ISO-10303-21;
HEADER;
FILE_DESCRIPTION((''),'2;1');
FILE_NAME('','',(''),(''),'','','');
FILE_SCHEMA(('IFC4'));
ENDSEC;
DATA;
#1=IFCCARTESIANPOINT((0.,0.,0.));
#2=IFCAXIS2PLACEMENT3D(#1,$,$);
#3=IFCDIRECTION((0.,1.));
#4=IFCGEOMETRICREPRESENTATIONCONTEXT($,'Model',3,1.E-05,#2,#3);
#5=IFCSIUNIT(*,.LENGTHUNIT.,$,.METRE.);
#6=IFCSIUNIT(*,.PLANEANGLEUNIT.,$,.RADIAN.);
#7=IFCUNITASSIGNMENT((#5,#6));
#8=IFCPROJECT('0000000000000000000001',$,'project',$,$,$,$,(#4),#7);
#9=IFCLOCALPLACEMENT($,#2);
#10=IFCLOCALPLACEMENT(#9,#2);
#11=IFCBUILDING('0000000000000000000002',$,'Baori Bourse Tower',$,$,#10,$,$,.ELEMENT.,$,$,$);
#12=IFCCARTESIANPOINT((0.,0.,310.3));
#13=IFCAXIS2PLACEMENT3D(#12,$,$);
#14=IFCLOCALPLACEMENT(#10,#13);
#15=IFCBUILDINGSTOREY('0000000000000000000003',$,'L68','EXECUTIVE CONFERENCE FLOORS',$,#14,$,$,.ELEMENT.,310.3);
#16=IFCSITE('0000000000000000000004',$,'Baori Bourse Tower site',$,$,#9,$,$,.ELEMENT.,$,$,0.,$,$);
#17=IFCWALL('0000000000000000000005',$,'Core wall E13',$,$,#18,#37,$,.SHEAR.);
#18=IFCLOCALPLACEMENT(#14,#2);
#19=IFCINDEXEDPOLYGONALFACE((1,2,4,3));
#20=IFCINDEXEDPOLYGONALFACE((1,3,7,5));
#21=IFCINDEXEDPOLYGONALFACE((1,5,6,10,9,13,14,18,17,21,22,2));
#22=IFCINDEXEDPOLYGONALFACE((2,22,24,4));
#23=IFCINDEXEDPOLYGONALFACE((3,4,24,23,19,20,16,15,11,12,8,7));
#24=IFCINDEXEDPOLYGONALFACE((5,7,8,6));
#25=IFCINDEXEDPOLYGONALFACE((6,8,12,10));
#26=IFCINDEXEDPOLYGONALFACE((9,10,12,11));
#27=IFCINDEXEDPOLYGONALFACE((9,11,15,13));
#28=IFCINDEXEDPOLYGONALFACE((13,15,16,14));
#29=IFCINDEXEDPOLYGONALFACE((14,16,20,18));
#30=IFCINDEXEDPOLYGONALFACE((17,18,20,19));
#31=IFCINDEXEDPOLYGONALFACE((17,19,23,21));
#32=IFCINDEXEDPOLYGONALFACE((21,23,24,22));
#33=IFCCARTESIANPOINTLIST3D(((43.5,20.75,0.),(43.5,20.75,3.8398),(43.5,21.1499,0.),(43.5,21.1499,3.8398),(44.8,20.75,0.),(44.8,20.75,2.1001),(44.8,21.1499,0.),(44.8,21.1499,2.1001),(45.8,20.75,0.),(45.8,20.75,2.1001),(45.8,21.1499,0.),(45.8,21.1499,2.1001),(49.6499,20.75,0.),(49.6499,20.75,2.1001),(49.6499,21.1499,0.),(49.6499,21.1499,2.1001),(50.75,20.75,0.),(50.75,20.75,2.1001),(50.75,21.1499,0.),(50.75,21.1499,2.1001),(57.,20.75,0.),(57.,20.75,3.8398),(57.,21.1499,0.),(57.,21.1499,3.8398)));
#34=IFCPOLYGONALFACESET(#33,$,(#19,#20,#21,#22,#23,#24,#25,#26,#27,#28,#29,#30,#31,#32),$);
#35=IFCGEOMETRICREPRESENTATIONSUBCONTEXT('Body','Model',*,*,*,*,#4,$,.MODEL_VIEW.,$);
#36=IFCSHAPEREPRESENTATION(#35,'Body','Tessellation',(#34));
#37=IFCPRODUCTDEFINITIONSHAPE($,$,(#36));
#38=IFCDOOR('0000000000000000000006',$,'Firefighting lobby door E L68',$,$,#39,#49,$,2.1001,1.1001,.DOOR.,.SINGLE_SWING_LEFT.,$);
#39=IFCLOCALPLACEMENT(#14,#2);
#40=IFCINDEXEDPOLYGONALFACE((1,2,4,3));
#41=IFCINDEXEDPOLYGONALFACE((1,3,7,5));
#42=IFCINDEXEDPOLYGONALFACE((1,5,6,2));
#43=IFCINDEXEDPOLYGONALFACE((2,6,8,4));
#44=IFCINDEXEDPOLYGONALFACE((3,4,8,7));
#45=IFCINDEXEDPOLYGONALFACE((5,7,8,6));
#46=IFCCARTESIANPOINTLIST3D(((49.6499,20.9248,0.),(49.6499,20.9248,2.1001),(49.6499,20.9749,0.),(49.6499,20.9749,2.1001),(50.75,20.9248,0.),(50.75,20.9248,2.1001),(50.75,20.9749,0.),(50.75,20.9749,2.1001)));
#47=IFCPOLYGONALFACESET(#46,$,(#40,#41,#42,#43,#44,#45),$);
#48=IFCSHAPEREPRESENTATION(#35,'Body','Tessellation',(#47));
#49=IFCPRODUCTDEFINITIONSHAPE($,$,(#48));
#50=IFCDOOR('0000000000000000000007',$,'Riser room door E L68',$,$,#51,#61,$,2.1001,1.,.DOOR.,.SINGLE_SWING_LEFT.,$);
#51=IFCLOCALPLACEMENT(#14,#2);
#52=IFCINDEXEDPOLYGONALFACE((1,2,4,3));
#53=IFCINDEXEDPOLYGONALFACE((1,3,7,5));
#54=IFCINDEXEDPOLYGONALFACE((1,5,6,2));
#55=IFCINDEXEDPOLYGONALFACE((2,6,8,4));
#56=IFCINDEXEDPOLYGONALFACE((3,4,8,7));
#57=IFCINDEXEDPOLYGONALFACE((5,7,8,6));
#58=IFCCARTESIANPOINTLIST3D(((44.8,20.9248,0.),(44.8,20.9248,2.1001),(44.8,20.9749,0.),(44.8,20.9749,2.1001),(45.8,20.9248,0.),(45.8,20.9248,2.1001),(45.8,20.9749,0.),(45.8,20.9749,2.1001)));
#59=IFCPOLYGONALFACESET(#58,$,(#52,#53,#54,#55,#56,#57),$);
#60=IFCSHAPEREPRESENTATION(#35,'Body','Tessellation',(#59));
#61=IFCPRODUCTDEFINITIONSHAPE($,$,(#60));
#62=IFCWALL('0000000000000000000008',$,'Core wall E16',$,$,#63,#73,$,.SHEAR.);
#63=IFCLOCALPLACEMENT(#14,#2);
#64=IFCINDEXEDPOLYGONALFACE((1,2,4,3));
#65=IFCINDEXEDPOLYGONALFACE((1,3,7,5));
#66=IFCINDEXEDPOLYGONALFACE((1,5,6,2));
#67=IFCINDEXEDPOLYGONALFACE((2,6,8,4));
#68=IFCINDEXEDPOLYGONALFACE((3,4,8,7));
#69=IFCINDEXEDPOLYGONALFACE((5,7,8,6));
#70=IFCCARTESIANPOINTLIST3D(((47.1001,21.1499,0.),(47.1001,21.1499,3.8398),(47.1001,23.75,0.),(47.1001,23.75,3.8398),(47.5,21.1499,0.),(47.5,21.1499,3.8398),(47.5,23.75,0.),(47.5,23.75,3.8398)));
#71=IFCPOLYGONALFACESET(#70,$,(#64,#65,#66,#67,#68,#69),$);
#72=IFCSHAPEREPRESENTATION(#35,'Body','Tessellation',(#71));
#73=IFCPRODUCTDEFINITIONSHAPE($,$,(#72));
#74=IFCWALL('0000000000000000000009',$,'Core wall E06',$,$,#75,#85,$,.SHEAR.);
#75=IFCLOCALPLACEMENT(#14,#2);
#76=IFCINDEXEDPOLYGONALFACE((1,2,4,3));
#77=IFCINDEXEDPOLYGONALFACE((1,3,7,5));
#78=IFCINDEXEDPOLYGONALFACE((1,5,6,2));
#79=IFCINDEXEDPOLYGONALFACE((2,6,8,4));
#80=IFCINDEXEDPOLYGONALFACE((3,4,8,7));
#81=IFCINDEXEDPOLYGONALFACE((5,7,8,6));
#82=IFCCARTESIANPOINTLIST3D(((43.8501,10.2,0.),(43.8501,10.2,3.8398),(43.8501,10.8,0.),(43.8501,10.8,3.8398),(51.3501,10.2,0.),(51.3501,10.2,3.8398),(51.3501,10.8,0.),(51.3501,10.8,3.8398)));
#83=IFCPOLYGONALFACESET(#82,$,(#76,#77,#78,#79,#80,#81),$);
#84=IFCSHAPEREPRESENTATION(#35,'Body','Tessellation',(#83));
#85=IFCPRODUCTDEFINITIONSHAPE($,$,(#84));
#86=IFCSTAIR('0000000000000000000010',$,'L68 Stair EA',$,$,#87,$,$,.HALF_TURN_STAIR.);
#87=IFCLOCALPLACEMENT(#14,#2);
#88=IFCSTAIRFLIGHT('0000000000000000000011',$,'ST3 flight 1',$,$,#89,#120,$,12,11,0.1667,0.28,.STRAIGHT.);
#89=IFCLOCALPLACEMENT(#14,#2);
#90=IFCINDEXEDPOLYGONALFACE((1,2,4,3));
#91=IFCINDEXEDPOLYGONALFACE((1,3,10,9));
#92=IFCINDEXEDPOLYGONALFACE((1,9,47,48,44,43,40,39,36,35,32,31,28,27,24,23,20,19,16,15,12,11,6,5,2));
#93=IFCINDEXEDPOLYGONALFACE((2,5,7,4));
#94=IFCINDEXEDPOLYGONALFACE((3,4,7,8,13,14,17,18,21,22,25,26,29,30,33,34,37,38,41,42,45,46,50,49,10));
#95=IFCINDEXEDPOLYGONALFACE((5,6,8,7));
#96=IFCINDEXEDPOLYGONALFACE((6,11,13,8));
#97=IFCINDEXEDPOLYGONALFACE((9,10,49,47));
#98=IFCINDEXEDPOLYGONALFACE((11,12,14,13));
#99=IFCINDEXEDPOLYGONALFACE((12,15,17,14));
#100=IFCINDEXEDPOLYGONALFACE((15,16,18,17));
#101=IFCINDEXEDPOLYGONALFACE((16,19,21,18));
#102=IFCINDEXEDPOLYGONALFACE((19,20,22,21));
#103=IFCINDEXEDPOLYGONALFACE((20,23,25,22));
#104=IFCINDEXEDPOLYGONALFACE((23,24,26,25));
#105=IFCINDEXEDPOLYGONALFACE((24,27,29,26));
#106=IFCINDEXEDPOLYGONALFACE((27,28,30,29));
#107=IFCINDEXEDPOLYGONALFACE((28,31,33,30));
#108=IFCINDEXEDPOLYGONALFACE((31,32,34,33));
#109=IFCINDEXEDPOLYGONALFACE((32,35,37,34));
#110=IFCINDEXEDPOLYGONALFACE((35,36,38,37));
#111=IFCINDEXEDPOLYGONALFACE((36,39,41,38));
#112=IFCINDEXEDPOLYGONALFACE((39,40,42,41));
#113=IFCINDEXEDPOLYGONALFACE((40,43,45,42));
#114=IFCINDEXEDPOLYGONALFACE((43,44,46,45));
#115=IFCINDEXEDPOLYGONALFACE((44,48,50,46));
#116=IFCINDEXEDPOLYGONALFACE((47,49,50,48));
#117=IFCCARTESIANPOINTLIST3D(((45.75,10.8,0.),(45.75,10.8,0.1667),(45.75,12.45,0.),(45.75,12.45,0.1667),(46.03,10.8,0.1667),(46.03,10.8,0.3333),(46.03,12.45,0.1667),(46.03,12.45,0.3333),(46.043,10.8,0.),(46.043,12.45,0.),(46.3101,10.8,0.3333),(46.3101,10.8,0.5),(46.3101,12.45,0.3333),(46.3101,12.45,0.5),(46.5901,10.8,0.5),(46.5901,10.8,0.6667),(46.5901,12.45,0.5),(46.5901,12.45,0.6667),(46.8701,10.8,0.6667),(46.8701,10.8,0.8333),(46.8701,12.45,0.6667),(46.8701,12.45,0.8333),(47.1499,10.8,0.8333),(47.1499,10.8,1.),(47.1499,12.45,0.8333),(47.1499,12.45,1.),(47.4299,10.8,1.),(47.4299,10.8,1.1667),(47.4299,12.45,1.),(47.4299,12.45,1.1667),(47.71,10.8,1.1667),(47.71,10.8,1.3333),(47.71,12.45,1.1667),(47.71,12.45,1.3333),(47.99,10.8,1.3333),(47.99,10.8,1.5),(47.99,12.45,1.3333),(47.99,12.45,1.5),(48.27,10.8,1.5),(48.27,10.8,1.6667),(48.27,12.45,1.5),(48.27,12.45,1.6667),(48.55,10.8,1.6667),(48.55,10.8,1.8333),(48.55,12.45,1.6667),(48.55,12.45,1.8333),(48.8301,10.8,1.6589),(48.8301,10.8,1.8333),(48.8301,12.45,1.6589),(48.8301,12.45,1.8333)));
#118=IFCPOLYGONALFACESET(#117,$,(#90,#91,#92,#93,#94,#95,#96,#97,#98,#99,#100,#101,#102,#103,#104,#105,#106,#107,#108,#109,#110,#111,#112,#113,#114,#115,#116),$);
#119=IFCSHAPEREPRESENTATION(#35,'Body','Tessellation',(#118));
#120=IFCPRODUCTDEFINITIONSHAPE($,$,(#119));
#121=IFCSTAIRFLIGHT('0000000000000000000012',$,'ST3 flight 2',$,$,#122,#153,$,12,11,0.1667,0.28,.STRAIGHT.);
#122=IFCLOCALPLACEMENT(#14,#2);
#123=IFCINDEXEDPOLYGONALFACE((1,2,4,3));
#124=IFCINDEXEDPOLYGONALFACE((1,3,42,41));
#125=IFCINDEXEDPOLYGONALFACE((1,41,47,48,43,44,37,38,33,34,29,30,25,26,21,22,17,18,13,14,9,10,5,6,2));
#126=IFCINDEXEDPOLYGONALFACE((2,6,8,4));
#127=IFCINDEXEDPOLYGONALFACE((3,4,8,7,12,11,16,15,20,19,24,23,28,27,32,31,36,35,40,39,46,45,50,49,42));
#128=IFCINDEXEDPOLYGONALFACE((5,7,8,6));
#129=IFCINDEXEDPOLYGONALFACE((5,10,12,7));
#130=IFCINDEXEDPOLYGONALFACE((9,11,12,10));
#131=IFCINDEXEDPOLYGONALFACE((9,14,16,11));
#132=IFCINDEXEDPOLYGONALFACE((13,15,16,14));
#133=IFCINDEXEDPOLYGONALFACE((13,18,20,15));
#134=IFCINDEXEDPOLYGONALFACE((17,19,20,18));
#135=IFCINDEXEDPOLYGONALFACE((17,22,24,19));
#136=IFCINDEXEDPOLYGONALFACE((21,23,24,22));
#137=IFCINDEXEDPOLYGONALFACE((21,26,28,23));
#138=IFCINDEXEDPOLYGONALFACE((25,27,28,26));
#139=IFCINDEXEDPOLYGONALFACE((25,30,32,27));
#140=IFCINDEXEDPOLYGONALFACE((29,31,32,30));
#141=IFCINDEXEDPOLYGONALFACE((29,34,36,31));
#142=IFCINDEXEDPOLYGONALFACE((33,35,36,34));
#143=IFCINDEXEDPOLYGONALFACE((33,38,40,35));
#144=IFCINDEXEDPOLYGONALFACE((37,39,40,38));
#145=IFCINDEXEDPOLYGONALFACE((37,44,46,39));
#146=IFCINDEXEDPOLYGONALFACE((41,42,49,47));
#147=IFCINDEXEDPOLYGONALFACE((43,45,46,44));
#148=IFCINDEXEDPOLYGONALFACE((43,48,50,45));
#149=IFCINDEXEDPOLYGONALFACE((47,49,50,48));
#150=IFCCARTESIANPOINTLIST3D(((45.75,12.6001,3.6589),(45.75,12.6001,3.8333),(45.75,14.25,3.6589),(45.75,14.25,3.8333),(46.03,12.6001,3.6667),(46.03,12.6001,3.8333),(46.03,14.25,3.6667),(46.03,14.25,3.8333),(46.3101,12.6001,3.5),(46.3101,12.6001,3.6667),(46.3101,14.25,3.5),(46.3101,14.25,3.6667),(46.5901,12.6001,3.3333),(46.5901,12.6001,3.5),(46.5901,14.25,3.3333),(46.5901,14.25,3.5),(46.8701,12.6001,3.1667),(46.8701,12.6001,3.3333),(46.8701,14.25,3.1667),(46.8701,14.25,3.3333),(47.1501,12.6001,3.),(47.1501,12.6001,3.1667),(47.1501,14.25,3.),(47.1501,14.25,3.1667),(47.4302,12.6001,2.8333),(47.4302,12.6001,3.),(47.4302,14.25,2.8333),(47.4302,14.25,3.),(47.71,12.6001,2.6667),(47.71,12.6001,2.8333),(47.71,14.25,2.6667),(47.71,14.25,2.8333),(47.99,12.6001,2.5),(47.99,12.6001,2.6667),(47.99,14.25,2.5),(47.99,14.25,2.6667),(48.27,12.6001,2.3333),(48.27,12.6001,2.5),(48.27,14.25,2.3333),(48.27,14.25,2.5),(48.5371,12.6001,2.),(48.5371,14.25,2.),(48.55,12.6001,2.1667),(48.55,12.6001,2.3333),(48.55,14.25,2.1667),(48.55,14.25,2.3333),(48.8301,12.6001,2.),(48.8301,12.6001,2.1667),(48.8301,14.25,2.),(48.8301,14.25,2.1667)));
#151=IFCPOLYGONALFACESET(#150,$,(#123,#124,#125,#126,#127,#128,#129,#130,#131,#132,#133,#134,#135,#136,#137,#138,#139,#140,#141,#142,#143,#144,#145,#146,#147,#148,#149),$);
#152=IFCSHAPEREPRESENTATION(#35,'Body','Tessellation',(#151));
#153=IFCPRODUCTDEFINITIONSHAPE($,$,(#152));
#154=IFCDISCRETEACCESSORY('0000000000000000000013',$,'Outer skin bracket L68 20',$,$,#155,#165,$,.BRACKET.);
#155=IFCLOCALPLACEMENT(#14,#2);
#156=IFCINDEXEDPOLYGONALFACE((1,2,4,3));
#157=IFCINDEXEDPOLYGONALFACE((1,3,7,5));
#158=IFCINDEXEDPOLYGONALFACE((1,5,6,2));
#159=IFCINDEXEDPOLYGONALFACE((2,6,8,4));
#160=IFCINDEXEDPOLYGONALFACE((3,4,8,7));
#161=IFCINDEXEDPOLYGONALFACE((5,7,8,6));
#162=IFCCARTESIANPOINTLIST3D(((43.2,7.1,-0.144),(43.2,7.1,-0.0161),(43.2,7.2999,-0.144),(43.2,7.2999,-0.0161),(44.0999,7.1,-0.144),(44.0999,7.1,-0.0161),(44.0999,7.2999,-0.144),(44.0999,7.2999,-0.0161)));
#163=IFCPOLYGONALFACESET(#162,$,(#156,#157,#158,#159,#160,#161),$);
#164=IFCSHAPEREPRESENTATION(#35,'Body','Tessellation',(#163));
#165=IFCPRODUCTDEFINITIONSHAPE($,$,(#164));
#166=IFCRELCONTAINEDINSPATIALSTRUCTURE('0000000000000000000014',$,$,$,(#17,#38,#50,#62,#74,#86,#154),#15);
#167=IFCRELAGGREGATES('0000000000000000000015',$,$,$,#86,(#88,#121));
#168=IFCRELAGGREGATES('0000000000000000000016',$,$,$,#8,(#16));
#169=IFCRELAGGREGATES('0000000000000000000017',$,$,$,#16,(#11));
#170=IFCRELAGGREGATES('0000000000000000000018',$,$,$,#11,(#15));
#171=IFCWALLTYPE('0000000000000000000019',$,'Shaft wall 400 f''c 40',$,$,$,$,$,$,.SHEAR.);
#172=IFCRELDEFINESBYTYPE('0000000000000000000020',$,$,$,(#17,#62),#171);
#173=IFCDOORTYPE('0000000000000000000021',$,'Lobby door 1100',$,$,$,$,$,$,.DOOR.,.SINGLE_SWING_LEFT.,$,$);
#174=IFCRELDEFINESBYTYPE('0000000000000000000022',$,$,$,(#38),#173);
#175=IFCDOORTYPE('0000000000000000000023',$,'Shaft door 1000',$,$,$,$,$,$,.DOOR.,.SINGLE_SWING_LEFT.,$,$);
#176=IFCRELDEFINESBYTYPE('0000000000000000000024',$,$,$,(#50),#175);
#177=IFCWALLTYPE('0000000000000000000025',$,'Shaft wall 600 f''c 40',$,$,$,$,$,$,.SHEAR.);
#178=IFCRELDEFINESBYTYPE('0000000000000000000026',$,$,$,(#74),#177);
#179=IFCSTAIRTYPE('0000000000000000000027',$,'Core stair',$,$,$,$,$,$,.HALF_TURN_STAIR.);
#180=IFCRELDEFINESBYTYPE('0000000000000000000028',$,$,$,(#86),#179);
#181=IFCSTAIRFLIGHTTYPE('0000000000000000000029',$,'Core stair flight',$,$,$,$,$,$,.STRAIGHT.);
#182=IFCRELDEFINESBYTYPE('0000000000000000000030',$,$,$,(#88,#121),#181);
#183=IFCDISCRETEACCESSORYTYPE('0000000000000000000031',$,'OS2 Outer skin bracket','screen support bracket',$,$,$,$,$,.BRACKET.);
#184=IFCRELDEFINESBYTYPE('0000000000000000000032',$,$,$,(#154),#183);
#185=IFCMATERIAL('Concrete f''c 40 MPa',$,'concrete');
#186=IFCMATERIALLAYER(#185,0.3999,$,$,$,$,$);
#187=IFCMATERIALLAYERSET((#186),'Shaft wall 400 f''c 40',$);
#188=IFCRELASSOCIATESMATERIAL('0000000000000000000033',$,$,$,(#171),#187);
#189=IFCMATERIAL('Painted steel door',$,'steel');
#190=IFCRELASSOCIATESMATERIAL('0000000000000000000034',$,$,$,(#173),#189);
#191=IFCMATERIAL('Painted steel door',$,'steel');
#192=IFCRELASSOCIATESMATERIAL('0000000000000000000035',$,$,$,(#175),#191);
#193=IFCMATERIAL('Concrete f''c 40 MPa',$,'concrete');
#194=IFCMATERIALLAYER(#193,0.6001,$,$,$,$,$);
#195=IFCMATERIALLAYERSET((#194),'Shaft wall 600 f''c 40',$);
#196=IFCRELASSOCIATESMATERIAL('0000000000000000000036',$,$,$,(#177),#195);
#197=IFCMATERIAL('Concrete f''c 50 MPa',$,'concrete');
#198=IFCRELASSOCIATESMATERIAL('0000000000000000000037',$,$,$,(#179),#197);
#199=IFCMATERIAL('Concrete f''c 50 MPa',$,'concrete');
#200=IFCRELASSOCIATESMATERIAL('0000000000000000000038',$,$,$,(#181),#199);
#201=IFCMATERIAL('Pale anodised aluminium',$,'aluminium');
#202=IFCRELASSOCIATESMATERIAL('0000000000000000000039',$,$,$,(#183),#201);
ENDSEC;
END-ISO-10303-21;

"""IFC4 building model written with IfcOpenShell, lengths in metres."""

from ifc_helpers import new_model, si_unit, direction, frame, frame_2d, origin, origin_2d, place, context, subcontext, project, spatial, polyline, rectangle, outline, extrude, material, layer, layer_set, type_object, element, fill, aggregate, save


model = new_model("IFC4")

# Units and contexts
model_context = context("Model", 3, precision=1e-05, world=origin(), true_north=direction((0.0, 1.0)))
body_context = subcontext(model_context, "Body", "Model", "MODEL_VIEW")
ifc_project = project(units=[si_unit("LENGTHUNIT", "METRE"), si_unit("PLANEANGLEUNIT", "RADIAN")], contexts=[model_context])

# Site, building, storey
site_placement = place(None, origin())
site = spatial("IfcSite", under=ifc_project, at=site_placement, Name="Baori Bourse Tower site", CompositionType="ELEMENT", RefElevation=0.0)
building_placement = place(site_placement, origin())
building = spatial("IfcBuilding", under=site, at=building_placement, Name="Baori Bourse Tower", CompositionType="ELEMENT")
storey_placement = place(building_placement, frame((0.0, 0.0, 310.3)))
storey = spatial("IfcBuildingStorey", under=building, at=storey_placement, Name="L68", Description="EXECUTIVE CONFERENCE FLOORS", CompositionType="ELEMENT", Elevation=310.3)

# Wall, openings, doors
ifc_material_1 = material(Name="Concrete f'c 40 MPa", Category="concrete")
ifc_layer_1 = layer(ifc_material_1, 0.3999)
ifc_layer_set_1 = layer_set([ifc_layer_1], Name="Shaft wall 400 f'c 40")
wall_type_1 = type_object("IfcWallType", Name="Shaft wall 400 f'c 40", PredefinedType="SHEAR", material=ifc_layer_set_1)
wall_1_placement = place(storey_placement, frame((43.5, 20.95, 0.0), z_axis=(0.0, 0.0, 1.0), x_axis=(1.0, 0.0, 0.0)))
wall_1 = element("IfcWall", 1, at=wall_1_placement, inside=storey, type_object=wall_type_1, Name="Core wall E13", PredefinedType="SHEAR", context=body_context, shape_type="SweptSolid", body=[
    extrude(rectangle(XDim=13.5, YDim=0.3999, at=frame_2d((6.75, 0.0))), origin(), (0.0, 0.0, 1.0), 3.8398),
])
opening_1_placement = place(wall_1_placement, frame((6.1499, 0.0, 0.0)))
opening_1 = element("IfcOpeningElement", 2, at=opening_1_placement, cuts=wall_1, PredefinedType="OPENING", context=body_context, shape_type="SweptSolid", body=[
    extrude(rectangle(XDim=1.1001, YDim=2.1001, at=frame_2d((0.55, 1.05))), frame((0.0, 0.21, 0.0), z_axis=(0.0, -1.0, 0.0), x_axis=(1.0, 0.0, 0.0)), (0.0, 0.0, 1.0), 0.4199),
])
opening_2_placement = place(wall_1_placement, frame((1.3, 0.0, 0.0)))
opening_2 = element("IfcOpeningElement", 3, at=opening_2_placement, cuts=wall_1, PredefinedType="OPENING", context=body_context, shape_type="SweptSolid", body=[
    extrude(rectangle(XDim=1.0, YDim=2.1001, at=frame_2d((0.5, 1.05))), frame((0.0, 0.21, 0.0), z_axis=(0.0, -1.0, 0.0), x_axis=(1.0, 0.0, 0.0)), (0.0, 0.0, 1.0), 0.4199),
])
ifc_material_2 = material(Name="Painted steel door", Category="steel")
door_type_1 = type_object("IfcDoorType", Name="Lobby door 1100", OperationType="SINGLE_SWING_LEFT", PredefinedType="DOOR", material=ifc_material_2)
door_1_placement = place(opening_1_placement, origin())
door_1 = element("IfcDoor", 4, at=door_1_placement, inside=storey, type_object=door_type_1, Name="Firefighting lobby door E L68", OperationType="SINGLE_SWING_LEFT", OverallHeight=2.1001, OverallWidth=1.1001, PredefinedType="DOOR", context=body_context, shape_type="SweptSolid", body=[
    extrude(rectangle(XDim=1.1001, YDim=2.1001, at=frame_2d((0.55, 1.05))), frame((0.0, 0.0249, 0.0), z_axis=(0.0, -1.0, 0.0), x_axis=(1.0, 0.0, 0.0)), (0.0, 0.0, 1.0), 0.05),
])
fill(opening_1, door_1)
ifc_material_3 = material(Name="Painted steel door", Category="steel")
door_type_2 = type_object("IfcDoorType", Name="Shaft door 1000", OperationType="SINGLE_SWING_LEFT", PredefinedType="DOOR", material=ifc_material_3)
door_2_placement = place(opening_2_placement, origin())
door_2 = element("IfcDoor", 5, at=door_2_placement, inside=storey, type_object=door_type_2, Name="Riser room door E L68", OperationType="SINGLE_SWING_LEFT", OverallHeight=2.1001, OverallWidth=1.0, PredefinedType="DOOR", context=body_context, shape_type="SweptSolid", body=[
    extrude(rectangle(XDim=1.0, YDim=2.1001, at=frame_2d((0.5, 1.05))), frame((0.0, 0.0249, 0.0), z_axis=(0.0, -1.0, 0.0), x_axis=(1.0, 0.0, 0.0)), (0.0, 0.0, 1.0), 0.05),
])
fill(opening_2, door_2)

# Walls
wall_2_placement = place(storey_placement, frame((47.3, 21.1499, 0.0), z_axis=(0.0, 0.0, 1.0), x_axis=(0.0, 1.0, 0.0)))
element("IfcWall", 6, at=wall_2_placement, inside=storey, type_object=wall_type_1, Name="Core wall E16", PredefinedType="SHEAR", context=body_context, shape_type="SweptSolid", body=[
    extrude(rectangle(XDim=2.6001, YDim=0.3999, at=frame_2d((1.3, 0.0))), origin(), (0.0, 0.0, 1.0), 3.8398),
])
ifc_material_4 = material(Name="Concrete f'c 40 MPa", Category="concrete")
ifc_layer_2 = layer(ifc_material_4, 0.6001)
ifc_layer_set_2 = layer_set([ifc_layer_2], Name="Shaft wall 600 f'c 40")
wall_type_2 = type_object("IfcWallType", Name="Shaft wall 600 f'c 40", PredefinedType="SHEAR", material=ifc_layer_set_2)
wall_3_placement = place(storey_placement, frame((43.8501, 10.5, 0.0), z_axis=(0.0, 0.0, 1.0), x_axis=(1.0, 0.0, 0.0)))
element("IfcWall", 7, at=wall_3_placement, inside=storey, type_object=wall_type_2, Name="Core wall E06", PredefinedType="SHEAR", context=body_context, shape_type="SweptSolid", body=[
    extrude(rectangle(XDim=7.5, YDim=0.6001, at=frame_2d((3.75, 0.0))), origin(), (0.0, 0.0, 1.0), 3.8398),
])

# Stair, stair flights
ifc_material_5 = material(Name="Concrete f'c 50 MPa", Category="concrete")
stair_type = type_object("IfcStairType", Name="Core stair", PredefinedType="HALF_TURN_STAIR", material=ifc_material_5)
stair_placement = place(storey_placement, origin())
stair = element("IfcStair", 8, at=stair_placement, inside=storey, type_object=stair_type, Name="L68 Stair EA", PredefinedType="HALF_TURN_STAIR")
ifc_material_6 = material(Name="Concrete f'c 50 MPa", Category="concrete")
stair_flight_type = type_object("IfcStairFlightType", Name="Core stair flight", PredefinedType="STRAIGHT", material=ifc_material_6)
stair_flight_1_placement = place(storey_placement, frame((45.75, 11.625, 0.0), z_axis=(0.0, 0.0, 1.0), x_axis=(1.0, 0.0, 0.0)))
stair_flight_1 = element("IfcStairFlight", 9, at=stair_flight_1_placement, type_object=stair_flight_type, Name="ST3 flight 1", NumberOfRisers=12, NumberOfTreads=11, PredefinedType="STRAIGHT", RiserHeight=0.1667, TreadLength=0.28, context=body_context, shape_type="SweptSolid", body=[
    extrude(outline(polyline([(0.0, 0.0), (0.0, 0.1667), (0.28, 0.1667), (0.28, 0.3333), (0.5601, 0.3333), (0.5601, 0.5), (0.8401, 0.5), (0.8401, 0.6667), (1.1201, 0.6667), (1.1201, 0.8333), (1.3999, 0.8333), (1.3999, 1.0), (1.6799, 1.0), (1.6799, 1.1667), (1.96, 1.1667), (1.96, 1.3333), (2.24, 1.3333), (2.24, 1.5), (2.52, 1.5), (2.52, 1.6667), (2.8, 1.6667), (2.8, 1.8333), (3.0801, 1.8333), (3.0801, 2.0), (3.0801, 1.6589), (0.293, 0.0), (0.0, 0.0)])), frame((0.0, 0.825, 0.0), z_axis=(0.0, -1.0, 0.0), x_axis=(1.0, 0.0, 0.0)), (0.0, 0.0, 1.0), 1.6499),
])
stair_flight_2_placement = place(storey_placement, frame((48.8301, 13.425, 2.0), z_axis=(0.0, 0.0, 1.0), x_axis=(-1.0, 0.0, 0.0)))
stair_flight_2 = element("IfcStairFlight", 10, at=stair_flight_2_placement, type_object=stair_flight_type, Name="ST3 flight 2", NumberOfRisers=12, NumberOfTreads=11, PredefinedType="STRAIGHT", RiserHeight=0.1667, TreadLength=0.28, context=body_context, shape_type="SweptSolid", body=[
    extrude(outline(polyline([(0.0, 0.0), (0.0, 0.1667), (0.28, 0.1667), (0.28, 0.3333), (0.5601, 0.3333), (0.5601, 0.5), (0.8401, 0.5), (0.8401, 0.6667), (1.1201, 0.6667), (1.1201, 0.8333), (1.3999, 0.8333), (1.3999, 1.0), (1.6799, 1.0), (1.6799, 1.1667), (1.96, 1.1667), (1.96, 1.3333), (2.24, 1.3333), (2.24, 1.5), (2.52, 1.5), (2.52, 1.6667), (2.8, 1.6667), (2.8, 1.8333), (3.0801, 1.8333), (3.0801, 2.0), (3.0801, 1.6589), (0.293, 0.0), (0.0, 0.0)])), frame((0.0, 0.825, 0.0), z_axis=(0.0, -1.0, 0.0), x_axis=(1.0, 0.0, 0.0)), (0.0, 0.0, 1.0), 1.6499),
])
aggregate(stair, [stair_flight_1, stair_flight_2])

# Discrete accessory
ifc_material_7 = material(Name="Pale anodised aluminium", Category="aluminium")
discrete_accessory_type = type_object("IfcDiscreteAccessoryType", Name="OS2 Outer skin bracket", Description="screen support bracket", PredefinedType="BRACKET", material=ifc_material_7)
discrete_accessory_placement = place(storey_placement, frame((43.6499, 7.2, -0.144), z_axis=(0.0, 0.0, 1.0), x_axis=(0.0, 1.0, 0.0)))
element("IfcDiscreteAccessory", 11, at=discrete_accessory_placement, inside=storey, type_object=discrete_accessory_type, Name="Outer skin bracket L68 20", PredefinedType="BRACKET", context=body_context, shape_type="SweptSolid", body=[
    extrude(rectangle(XDim=0.2, YDim=0.8999, at=origin_2d()), origin(), (0.0, 0.0, 1.0), 0.1279),
])

save(model, "model.ifc")
